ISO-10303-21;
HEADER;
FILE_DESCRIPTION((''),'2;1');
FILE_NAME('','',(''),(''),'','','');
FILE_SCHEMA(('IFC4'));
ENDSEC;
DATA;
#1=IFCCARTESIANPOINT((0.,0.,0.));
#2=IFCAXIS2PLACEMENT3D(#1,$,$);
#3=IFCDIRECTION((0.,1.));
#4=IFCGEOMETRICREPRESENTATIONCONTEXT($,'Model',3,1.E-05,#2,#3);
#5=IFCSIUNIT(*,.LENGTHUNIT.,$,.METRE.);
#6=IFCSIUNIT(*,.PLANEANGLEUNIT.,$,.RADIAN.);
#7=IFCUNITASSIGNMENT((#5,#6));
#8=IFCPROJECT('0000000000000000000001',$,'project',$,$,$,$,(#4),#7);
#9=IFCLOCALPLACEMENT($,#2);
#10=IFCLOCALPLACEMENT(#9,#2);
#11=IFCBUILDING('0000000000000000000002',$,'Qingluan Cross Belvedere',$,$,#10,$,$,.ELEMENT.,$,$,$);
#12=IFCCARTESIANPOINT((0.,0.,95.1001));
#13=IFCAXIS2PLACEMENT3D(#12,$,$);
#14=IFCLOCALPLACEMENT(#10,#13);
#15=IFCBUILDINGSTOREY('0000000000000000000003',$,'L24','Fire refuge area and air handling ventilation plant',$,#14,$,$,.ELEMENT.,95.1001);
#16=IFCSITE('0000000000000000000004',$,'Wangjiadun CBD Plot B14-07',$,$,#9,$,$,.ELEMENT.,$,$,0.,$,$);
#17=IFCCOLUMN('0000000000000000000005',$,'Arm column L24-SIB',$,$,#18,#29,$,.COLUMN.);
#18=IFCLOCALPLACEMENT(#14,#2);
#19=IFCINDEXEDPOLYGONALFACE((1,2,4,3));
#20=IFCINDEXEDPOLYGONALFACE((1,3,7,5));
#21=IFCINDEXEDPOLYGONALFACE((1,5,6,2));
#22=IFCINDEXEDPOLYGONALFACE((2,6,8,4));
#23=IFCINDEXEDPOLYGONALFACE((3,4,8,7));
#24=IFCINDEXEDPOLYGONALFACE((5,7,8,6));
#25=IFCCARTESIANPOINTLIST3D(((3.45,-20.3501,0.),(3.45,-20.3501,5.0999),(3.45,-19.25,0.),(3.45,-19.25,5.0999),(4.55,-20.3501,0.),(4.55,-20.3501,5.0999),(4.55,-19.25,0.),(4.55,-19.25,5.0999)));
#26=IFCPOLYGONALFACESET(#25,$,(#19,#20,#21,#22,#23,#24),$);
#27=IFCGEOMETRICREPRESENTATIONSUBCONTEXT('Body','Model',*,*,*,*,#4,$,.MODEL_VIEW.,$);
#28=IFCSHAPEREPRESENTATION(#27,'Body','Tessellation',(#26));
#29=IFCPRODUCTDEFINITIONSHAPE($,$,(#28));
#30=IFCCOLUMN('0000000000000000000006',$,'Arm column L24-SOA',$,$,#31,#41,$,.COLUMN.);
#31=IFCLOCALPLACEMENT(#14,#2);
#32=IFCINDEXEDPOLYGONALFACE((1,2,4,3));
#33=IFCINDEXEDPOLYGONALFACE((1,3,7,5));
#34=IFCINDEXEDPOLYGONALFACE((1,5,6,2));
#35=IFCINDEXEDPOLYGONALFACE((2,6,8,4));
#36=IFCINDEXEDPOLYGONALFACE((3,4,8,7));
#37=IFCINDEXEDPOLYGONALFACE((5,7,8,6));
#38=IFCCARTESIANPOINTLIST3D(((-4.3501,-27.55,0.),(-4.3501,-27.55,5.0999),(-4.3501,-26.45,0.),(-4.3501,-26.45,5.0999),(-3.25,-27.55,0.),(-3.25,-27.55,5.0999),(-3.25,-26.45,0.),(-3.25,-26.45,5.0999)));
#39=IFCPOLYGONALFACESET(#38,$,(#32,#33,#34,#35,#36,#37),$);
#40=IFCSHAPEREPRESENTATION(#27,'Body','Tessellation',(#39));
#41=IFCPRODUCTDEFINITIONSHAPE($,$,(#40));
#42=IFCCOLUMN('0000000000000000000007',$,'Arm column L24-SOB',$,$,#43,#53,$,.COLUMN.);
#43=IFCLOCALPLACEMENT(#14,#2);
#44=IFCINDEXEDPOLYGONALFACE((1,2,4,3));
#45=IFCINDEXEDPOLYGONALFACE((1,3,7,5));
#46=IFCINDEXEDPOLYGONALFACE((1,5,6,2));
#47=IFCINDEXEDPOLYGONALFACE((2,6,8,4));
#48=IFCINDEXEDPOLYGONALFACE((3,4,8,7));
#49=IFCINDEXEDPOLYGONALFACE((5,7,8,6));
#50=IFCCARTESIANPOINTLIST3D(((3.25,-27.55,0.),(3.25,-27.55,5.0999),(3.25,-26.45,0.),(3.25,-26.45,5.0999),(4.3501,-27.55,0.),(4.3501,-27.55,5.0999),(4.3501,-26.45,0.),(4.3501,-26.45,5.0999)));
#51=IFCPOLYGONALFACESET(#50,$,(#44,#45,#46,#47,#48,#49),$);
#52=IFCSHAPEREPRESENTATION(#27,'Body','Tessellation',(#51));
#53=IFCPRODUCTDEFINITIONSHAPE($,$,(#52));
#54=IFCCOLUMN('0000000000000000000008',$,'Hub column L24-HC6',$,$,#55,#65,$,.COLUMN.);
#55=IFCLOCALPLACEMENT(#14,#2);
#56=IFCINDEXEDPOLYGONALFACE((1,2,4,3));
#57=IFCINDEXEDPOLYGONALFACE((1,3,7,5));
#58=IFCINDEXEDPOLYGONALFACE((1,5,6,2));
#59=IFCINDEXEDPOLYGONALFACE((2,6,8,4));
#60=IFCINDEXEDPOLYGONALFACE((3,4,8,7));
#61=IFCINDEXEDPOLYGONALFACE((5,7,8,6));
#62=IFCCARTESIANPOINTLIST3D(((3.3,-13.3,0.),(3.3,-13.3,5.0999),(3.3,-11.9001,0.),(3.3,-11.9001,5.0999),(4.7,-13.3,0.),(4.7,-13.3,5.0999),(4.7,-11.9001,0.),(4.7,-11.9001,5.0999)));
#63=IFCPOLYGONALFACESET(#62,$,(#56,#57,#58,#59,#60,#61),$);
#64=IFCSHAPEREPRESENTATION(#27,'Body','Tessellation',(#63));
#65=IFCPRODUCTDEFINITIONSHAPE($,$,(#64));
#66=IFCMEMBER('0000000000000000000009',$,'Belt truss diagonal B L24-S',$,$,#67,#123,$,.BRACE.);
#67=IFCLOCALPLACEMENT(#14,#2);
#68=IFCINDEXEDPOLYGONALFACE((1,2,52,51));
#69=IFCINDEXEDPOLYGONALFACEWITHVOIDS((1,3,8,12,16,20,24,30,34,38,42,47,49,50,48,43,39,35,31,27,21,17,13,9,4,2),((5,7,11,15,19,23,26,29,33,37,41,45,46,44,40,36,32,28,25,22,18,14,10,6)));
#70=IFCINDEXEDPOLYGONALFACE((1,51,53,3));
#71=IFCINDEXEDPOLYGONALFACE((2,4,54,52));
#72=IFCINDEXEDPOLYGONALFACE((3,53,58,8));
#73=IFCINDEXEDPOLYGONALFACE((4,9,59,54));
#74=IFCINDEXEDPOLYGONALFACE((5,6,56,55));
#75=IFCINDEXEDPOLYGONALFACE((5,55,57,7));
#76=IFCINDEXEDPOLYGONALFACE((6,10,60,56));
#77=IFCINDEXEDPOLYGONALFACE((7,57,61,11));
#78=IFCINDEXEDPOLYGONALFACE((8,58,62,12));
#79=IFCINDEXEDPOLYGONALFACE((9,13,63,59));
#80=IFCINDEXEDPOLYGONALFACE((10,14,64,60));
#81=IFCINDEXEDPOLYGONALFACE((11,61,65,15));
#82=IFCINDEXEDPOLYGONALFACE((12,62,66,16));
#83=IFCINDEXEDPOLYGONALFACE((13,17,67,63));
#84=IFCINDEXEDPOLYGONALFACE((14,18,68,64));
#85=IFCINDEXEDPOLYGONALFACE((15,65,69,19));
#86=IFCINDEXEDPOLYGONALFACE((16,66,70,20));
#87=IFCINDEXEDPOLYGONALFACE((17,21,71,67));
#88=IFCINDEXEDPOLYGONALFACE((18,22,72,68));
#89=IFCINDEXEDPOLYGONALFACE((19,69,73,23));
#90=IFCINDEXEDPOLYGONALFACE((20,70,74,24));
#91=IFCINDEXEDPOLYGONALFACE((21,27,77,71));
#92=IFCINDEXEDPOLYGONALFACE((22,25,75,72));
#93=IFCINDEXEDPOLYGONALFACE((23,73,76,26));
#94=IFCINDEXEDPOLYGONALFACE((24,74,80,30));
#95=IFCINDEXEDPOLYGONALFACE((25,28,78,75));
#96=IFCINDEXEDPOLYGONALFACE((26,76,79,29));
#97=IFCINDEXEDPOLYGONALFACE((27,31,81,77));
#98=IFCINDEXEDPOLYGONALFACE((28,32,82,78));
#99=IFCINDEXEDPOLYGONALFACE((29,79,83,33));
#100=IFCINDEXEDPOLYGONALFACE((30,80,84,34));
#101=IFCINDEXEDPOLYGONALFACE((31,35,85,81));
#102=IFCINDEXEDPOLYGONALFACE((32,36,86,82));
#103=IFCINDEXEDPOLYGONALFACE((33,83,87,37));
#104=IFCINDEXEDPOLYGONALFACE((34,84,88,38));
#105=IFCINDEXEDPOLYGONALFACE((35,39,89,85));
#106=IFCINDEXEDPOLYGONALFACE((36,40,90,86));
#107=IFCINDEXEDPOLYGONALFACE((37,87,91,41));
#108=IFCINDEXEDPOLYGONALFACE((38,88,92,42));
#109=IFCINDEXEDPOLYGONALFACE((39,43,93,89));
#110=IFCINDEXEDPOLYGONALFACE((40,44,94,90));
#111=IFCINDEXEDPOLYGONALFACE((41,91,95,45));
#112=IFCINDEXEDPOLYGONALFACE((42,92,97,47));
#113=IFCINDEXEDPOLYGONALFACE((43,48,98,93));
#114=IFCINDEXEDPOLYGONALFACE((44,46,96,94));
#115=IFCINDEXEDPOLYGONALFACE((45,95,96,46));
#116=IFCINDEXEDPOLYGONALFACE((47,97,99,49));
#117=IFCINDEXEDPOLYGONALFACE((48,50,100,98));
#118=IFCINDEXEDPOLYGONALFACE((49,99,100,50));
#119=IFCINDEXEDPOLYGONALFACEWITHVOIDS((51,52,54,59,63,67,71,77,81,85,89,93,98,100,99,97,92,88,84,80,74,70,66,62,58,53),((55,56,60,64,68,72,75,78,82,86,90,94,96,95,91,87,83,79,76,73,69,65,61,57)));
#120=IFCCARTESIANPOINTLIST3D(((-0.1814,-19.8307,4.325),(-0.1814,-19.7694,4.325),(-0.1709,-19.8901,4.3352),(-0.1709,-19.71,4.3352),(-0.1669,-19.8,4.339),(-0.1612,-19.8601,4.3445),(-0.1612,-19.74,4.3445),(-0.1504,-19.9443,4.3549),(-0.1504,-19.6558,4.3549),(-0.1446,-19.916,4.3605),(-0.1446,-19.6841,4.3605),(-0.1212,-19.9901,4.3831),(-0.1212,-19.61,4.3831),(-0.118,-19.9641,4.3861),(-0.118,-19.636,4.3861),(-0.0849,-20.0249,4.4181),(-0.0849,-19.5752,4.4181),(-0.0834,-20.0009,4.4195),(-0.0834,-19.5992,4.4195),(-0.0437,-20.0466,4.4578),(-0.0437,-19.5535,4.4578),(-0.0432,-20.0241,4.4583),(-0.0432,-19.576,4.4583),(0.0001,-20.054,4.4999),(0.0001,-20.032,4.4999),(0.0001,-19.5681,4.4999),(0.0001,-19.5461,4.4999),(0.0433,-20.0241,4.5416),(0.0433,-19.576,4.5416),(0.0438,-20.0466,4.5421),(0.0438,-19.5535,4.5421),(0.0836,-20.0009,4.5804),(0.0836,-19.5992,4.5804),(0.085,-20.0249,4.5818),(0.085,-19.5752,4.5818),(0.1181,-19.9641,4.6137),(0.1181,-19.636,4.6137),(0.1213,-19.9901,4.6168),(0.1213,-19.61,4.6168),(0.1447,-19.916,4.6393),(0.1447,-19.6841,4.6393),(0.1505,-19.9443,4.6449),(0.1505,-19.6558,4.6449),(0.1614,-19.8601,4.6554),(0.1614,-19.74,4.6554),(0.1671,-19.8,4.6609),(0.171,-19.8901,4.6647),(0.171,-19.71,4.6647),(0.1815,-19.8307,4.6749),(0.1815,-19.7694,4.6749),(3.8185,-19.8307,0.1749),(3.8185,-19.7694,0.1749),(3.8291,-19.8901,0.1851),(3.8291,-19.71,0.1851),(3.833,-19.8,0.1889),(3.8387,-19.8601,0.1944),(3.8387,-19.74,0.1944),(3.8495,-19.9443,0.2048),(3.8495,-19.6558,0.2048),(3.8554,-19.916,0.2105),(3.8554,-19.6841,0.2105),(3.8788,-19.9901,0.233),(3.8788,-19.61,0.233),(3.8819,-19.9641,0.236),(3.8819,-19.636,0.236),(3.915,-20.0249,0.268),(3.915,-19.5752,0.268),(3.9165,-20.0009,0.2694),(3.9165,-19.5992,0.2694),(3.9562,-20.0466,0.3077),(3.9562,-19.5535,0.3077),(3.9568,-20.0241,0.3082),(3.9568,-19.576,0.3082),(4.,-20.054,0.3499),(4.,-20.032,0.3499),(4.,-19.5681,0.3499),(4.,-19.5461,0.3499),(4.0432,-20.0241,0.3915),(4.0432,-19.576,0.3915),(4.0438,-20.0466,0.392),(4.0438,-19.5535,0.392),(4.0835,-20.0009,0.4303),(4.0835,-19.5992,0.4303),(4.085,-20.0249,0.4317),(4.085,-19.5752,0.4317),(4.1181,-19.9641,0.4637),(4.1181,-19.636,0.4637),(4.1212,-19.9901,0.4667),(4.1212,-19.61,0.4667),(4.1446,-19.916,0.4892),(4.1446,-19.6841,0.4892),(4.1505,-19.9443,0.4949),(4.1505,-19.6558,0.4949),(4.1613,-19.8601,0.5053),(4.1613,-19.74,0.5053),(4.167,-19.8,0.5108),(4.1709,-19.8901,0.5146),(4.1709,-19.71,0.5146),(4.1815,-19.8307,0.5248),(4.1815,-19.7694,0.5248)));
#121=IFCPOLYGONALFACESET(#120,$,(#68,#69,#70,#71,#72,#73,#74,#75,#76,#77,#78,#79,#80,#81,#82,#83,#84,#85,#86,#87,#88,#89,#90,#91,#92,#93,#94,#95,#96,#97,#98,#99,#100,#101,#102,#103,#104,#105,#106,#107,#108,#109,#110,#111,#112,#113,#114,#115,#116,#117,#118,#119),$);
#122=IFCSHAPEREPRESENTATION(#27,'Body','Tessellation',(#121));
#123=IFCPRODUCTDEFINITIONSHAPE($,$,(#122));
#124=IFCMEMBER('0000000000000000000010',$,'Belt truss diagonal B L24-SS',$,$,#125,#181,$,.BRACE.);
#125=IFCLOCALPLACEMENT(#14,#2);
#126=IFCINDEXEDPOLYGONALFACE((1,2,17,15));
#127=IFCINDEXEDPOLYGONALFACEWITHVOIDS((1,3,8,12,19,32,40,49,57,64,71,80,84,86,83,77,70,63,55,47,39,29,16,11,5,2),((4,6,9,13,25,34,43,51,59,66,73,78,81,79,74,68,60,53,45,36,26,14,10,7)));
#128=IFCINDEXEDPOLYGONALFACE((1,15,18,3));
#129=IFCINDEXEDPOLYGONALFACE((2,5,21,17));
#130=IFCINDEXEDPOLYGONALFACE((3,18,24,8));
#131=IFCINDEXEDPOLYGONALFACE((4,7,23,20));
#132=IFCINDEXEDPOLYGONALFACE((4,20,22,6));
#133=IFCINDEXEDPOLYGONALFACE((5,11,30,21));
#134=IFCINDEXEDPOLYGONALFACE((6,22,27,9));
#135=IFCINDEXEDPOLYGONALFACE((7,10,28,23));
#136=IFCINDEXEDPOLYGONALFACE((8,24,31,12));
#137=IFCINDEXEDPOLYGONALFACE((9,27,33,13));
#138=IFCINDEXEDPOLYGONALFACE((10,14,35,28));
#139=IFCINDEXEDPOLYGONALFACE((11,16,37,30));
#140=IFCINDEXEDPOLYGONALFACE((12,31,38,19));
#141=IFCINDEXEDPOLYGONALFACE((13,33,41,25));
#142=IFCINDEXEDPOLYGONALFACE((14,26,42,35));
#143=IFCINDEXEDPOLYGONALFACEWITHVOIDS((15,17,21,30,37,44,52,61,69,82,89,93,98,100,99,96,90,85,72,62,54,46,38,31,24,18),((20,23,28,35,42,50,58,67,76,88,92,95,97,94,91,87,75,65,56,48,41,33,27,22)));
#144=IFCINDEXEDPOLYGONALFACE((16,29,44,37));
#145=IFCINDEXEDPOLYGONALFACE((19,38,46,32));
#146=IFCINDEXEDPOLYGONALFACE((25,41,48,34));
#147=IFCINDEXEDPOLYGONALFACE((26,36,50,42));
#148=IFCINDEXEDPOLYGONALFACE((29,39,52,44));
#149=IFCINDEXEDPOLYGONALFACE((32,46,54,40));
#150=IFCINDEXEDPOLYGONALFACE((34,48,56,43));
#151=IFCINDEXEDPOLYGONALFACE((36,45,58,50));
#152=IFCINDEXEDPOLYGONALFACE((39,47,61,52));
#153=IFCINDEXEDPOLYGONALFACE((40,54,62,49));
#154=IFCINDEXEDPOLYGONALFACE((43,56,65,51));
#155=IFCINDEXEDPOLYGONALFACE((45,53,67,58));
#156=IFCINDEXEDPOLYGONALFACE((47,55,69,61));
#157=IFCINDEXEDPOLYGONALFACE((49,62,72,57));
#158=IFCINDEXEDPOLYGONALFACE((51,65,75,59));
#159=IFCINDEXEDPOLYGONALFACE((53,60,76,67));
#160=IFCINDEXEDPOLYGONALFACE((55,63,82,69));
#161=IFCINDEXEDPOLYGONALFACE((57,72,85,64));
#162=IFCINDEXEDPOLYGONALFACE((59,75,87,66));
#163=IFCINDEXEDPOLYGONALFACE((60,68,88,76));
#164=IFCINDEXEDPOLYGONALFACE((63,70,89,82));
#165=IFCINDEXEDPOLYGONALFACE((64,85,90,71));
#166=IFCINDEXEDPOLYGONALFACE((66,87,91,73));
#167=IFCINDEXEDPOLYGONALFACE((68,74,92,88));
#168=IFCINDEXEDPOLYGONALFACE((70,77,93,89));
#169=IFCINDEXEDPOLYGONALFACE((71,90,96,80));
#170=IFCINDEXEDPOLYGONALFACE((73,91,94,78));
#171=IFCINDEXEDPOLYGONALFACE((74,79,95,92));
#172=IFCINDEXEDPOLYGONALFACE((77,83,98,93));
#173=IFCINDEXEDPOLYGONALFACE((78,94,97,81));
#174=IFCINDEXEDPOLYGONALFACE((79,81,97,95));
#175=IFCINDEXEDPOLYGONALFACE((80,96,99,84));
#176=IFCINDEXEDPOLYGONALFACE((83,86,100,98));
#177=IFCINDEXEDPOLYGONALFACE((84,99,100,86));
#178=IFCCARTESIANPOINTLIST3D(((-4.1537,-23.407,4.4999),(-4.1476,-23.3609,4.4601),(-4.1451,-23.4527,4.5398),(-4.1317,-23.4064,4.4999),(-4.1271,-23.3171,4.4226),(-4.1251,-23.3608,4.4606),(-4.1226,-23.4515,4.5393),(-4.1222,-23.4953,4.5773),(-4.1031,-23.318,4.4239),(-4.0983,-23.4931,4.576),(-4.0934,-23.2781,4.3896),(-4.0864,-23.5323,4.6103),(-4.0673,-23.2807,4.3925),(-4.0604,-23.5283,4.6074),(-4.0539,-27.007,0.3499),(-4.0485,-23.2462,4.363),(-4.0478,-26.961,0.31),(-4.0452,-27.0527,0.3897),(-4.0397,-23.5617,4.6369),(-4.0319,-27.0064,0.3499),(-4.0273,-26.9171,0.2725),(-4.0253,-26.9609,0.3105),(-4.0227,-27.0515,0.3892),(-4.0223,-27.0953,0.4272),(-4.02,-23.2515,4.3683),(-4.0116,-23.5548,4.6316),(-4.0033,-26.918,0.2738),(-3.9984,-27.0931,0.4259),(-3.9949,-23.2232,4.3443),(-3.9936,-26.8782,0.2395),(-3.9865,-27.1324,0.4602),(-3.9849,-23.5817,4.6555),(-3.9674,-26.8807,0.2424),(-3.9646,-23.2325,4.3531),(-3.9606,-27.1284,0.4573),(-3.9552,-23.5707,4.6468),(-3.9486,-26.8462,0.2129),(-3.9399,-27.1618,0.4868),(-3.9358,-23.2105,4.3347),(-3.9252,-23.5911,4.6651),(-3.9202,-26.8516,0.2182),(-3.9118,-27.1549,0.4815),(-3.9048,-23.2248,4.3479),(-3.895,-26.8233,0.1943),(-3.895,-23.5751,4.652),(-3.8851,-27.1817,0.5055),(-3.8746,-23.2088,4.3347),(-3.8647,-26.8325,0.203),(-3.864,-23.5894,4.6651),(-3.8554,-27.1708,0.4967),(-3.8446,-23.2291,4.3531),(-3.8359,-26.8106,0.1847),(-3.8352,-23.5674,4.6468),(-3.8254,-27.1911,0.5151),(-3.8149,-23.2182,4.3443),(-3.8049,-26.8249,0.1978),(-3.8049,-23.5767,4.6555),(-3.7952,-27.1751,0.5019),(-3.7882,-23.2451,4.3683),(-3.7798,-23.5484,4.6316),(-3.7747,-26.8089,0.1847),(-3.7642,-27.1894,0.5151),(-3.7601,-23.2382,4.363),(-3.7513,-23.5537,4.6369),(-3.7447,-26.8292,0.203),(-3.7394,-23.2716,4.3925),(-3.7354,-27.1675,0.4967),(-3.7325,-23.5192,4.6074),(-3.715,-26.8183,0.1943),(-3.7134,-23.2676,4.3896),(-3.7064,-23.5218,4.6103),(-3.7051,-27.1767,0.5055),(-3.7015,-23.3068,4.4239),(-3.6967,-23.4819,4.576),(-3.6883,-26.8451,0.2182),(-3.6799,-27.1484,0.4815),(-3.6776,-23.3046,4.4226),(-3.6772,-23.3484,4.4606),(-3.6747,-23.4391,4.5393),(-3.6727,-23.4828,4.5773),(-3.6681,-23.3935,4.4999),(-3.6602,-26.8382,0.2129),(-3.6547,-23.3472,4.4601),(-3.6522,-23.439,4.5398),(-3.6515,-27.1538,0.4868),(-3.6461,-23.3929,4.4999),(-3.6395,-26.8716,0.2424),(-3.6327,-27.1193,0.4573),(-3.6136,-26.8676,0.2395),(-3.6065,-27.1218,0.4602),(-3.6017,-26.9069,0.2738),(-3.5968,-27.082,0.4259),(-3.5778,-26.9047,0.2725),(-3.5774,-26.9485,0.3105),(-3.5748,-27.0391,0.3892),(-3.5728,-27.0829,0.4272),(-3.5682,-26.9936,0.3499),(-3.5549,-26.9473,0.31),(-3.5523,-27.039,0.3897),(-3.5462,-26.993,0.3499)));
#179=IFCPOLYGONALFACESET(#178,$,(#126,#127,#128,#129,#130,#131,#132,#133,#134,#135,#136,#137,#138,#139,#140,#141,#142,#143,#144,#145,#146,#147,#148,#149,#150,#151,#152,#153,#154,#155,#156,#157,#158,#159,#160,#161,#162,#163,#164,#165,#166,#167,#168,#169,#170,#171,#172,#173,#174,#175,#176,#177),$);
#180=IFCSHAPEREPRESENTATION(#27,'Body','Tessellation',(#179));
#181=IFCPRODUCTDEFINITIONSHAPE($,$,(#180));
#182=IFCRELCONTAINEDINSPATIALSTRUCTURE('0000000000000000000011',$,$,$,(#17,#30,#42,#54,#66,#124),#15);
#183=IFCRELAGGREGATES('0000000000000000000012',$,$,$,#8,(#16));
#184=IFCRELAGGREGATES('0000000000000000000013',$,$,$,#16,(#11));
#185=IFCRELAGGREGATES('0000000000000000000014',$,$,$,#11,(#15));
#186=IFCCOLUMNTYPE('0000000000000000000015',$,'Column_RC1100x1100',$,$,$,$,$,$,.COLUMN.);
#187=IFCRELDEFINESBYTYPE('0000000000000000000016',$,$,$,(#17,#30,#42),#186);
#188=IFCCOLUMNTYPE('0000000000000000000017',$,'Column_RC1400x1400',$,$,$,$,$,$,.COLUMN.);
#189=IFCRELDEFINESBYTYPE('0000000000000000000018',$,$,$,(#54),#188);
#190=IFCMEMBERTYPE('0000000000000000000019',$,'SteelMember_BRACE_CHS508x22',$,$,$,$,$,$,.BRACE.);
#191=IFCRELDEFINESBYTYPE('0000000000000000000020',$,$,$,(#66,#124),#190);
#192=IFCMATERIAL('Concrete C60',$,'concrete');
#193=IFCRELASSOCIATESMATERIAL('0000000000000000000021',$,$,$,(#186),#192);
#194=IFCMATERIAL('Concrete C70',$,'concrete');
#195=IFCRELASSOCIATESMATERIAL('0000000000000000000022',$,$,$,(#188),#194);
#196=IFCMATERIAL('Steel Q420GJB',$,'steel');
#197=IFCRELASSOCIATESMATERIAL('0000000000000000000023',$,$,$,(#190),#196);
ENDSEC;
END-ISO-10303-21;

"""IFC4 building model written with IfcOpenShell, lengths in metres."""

from ifc_helpers import new_model, si_unit, direction, frame, origin, origin_2d, place, context, subcontext, project, spatial, rectangle, hollow_circle, extrude, material, material_profile, profile_set, type_object, element, save


model = new_model("IFC4")

# Units and contexts
model_context = context("Model", 3, precision=1e-05, world=origin(), true_north=direction((0.0, 1.0)))
body_context = subcontext(model_context, "Body", "Model", "MODEL_VIEW")
ifc_project = project(units=[si_unit("LENGTHUNIT", "METRE"), si_unit("PLANEANGLEUNIT", "RADIAN")], contexts=[model_context])

# Site, building, storey
site_placement = place(None, origin())
site = spatial("IfcSite", under=ifc_project, at=site_placement, Name="Wangjiadun CBD Plot B14-07", CompositionType="ELEMENT", RefElevation=0.0)
building_placement = place(site_placement, origin())
building = spatial("IfcBuilding", under=site, at=building_placement, Name="Qingluan Cross Belvedere", CompositionType="ELEMENT")
storey_placement = place(building_placement, frame((0.0, 0.0, 95.1001)))
storey = spatial("IfcBuildingStorey", under=building, at=storey_placement, Name="L24", Description="Fire refuge area and air handling ventilation plant", CompositionType="ELEMENT", Elevation=95.1001)

# Columns
ifc_material_1 = material(Name="Concrete C60", Category="concrete")
ifc_material_profile_1 = material_profile(ifc_material_1, rectangle(XDim=1.1001, YDim=1.1001, at=origin_2d()), Name="RC1100x1100")
ifc_profile_set_1 = profile_set([ifc_material_profile_1], Name="Concrete C60")
column_type_1 = type_object("IfcColumnType", Name="Column_RC1100x1100", PredefinedType="COLUMN", material=ifc_profile_set_1)
for number, where, z_axis, x_axis, name in (
    (1, (4.0, -19.8, 0.0), (0.0, 0.0, 1.0), (1.0, 0.0, 0.0), "Arm column L24-SIB"),
    (2, (-3.8, -27.0, 0.0), (0.0, 0.0, 1.0), (1.0, 0.0, 0.0), "Arm column L24-SOA"),
    (3, (3.8, -27.0, 0.0), (0.0, 0.0, 1.0), (1.0, 0.0, 0.0), "Arm column L24-SOB"),
):
    element("IfcColumn", number, at=place(storey_placement, frame(where, z_axis=z_axis, x_axis=x_axis)), inside=storey, type_object=column_type_1, Name=name, PredefinedType="COLUMN", context=body_context, shape_type="SweptSolid", body=[
        extrude(rectangle(XDim=1.1001, YDim=1.1001, at=origin_2d()), origin(), (0.0, 0.0, 1.0), 5.0999),
    ])
ifc_material_2 = material(Name="Concrete C70", Category="concrete")
ifc_material_profile_2 = material_profile(ifc_material_2, rectangle(XDim=1.3999, YDim=1.3999, at=origin_2d()), Name="RC1400x1400")
ifc_profile_set_2 = profile_set([ifc_material_profile_2], Name="Concrete C70")
column_type_2 = type_object("IfcColumnType", Name="Column_RC1400x1400", PredefinedType="COLUMN", material=ifc_profile_set_2)
column_placement = place(storey_placement, frame((4.0, -12.6001, 0.0), z_axis=(0.0, 0.0, 1.0), x_axis=(1.0, 0.0, 0.0)))
element("IfcColumn", 4, at=column_placement, inside=storey, type_object=column_type_2, Name="Hub column L24-HC6", PredefinedType="COLUMN", context=body_context, shape_type="SweptSolid", body=[
    extrude(rectangle(XDim=1.3999, YDim=1.3999, at=origin_2d()), origin(), (0.0, 0.0, 1.0), 5.0999),
])

# Members
ifc_material_3 = material(Name="Steel Q420GJB", Category="steel")
ifc_material_profile_3 = material_profile(ifc_material_3, hollow_circle(Radius=0.2539, WallThickness=0.022, at=origin_2d()), Name="CHS508x22")
ifc_profile_set_3 = profile_set([ifc_material_profile_3], Name="Steel Q420GJB")
member_type_1 = type_object("IfcMemberType", Name="SteelMember_BRACE_CHS508x22", PredefinedType="BRACE", material=ifc_profile_set_3)
member_1_placement = place(storey_placement, frame((4.0, -19.8, 0.3499), z_axis=(-0.693962, 0.0, 0.720011), x_axis=(0.0, -1.0, 0.0)))
element("IfcMember", 5, at=member_1_placement, inside=storey, type_object=member_type_1, Name="Belt truss diagonal B L24-S", PredefinedType="BRACE", context=body_context, shape_type="SweptSolid", body=[
    extrude(hollow_circle(Radius=0.2539, WallThickness=0.022, at=origin_2d()), origin(), (0.0, 0.0, 1.0), 5.7639),
])
member_2_placement = place(storey_placement, frame((-3.8, -27.0, 0.3499), z_axis=(-0.018172, 0.655166, 0.755267), x_axis=(-0.999616, -0.027726, 0.0)))
element("IfcMember", 6, at=member_2_placement, inside=storey, type_object=member_type_1, Name="Belt truss diagonal B L24-SS", PredefinedType="BRACE", context=body_context, shape_type="SweptSolid", body=[
    extrude(hollow_circle(Radius=0.2539, WallThickness=0.022, at=origin_2d()), origin(), (0.0, 0.0, 1.0), 5.4949),
])

save(model, "model.ifc")
